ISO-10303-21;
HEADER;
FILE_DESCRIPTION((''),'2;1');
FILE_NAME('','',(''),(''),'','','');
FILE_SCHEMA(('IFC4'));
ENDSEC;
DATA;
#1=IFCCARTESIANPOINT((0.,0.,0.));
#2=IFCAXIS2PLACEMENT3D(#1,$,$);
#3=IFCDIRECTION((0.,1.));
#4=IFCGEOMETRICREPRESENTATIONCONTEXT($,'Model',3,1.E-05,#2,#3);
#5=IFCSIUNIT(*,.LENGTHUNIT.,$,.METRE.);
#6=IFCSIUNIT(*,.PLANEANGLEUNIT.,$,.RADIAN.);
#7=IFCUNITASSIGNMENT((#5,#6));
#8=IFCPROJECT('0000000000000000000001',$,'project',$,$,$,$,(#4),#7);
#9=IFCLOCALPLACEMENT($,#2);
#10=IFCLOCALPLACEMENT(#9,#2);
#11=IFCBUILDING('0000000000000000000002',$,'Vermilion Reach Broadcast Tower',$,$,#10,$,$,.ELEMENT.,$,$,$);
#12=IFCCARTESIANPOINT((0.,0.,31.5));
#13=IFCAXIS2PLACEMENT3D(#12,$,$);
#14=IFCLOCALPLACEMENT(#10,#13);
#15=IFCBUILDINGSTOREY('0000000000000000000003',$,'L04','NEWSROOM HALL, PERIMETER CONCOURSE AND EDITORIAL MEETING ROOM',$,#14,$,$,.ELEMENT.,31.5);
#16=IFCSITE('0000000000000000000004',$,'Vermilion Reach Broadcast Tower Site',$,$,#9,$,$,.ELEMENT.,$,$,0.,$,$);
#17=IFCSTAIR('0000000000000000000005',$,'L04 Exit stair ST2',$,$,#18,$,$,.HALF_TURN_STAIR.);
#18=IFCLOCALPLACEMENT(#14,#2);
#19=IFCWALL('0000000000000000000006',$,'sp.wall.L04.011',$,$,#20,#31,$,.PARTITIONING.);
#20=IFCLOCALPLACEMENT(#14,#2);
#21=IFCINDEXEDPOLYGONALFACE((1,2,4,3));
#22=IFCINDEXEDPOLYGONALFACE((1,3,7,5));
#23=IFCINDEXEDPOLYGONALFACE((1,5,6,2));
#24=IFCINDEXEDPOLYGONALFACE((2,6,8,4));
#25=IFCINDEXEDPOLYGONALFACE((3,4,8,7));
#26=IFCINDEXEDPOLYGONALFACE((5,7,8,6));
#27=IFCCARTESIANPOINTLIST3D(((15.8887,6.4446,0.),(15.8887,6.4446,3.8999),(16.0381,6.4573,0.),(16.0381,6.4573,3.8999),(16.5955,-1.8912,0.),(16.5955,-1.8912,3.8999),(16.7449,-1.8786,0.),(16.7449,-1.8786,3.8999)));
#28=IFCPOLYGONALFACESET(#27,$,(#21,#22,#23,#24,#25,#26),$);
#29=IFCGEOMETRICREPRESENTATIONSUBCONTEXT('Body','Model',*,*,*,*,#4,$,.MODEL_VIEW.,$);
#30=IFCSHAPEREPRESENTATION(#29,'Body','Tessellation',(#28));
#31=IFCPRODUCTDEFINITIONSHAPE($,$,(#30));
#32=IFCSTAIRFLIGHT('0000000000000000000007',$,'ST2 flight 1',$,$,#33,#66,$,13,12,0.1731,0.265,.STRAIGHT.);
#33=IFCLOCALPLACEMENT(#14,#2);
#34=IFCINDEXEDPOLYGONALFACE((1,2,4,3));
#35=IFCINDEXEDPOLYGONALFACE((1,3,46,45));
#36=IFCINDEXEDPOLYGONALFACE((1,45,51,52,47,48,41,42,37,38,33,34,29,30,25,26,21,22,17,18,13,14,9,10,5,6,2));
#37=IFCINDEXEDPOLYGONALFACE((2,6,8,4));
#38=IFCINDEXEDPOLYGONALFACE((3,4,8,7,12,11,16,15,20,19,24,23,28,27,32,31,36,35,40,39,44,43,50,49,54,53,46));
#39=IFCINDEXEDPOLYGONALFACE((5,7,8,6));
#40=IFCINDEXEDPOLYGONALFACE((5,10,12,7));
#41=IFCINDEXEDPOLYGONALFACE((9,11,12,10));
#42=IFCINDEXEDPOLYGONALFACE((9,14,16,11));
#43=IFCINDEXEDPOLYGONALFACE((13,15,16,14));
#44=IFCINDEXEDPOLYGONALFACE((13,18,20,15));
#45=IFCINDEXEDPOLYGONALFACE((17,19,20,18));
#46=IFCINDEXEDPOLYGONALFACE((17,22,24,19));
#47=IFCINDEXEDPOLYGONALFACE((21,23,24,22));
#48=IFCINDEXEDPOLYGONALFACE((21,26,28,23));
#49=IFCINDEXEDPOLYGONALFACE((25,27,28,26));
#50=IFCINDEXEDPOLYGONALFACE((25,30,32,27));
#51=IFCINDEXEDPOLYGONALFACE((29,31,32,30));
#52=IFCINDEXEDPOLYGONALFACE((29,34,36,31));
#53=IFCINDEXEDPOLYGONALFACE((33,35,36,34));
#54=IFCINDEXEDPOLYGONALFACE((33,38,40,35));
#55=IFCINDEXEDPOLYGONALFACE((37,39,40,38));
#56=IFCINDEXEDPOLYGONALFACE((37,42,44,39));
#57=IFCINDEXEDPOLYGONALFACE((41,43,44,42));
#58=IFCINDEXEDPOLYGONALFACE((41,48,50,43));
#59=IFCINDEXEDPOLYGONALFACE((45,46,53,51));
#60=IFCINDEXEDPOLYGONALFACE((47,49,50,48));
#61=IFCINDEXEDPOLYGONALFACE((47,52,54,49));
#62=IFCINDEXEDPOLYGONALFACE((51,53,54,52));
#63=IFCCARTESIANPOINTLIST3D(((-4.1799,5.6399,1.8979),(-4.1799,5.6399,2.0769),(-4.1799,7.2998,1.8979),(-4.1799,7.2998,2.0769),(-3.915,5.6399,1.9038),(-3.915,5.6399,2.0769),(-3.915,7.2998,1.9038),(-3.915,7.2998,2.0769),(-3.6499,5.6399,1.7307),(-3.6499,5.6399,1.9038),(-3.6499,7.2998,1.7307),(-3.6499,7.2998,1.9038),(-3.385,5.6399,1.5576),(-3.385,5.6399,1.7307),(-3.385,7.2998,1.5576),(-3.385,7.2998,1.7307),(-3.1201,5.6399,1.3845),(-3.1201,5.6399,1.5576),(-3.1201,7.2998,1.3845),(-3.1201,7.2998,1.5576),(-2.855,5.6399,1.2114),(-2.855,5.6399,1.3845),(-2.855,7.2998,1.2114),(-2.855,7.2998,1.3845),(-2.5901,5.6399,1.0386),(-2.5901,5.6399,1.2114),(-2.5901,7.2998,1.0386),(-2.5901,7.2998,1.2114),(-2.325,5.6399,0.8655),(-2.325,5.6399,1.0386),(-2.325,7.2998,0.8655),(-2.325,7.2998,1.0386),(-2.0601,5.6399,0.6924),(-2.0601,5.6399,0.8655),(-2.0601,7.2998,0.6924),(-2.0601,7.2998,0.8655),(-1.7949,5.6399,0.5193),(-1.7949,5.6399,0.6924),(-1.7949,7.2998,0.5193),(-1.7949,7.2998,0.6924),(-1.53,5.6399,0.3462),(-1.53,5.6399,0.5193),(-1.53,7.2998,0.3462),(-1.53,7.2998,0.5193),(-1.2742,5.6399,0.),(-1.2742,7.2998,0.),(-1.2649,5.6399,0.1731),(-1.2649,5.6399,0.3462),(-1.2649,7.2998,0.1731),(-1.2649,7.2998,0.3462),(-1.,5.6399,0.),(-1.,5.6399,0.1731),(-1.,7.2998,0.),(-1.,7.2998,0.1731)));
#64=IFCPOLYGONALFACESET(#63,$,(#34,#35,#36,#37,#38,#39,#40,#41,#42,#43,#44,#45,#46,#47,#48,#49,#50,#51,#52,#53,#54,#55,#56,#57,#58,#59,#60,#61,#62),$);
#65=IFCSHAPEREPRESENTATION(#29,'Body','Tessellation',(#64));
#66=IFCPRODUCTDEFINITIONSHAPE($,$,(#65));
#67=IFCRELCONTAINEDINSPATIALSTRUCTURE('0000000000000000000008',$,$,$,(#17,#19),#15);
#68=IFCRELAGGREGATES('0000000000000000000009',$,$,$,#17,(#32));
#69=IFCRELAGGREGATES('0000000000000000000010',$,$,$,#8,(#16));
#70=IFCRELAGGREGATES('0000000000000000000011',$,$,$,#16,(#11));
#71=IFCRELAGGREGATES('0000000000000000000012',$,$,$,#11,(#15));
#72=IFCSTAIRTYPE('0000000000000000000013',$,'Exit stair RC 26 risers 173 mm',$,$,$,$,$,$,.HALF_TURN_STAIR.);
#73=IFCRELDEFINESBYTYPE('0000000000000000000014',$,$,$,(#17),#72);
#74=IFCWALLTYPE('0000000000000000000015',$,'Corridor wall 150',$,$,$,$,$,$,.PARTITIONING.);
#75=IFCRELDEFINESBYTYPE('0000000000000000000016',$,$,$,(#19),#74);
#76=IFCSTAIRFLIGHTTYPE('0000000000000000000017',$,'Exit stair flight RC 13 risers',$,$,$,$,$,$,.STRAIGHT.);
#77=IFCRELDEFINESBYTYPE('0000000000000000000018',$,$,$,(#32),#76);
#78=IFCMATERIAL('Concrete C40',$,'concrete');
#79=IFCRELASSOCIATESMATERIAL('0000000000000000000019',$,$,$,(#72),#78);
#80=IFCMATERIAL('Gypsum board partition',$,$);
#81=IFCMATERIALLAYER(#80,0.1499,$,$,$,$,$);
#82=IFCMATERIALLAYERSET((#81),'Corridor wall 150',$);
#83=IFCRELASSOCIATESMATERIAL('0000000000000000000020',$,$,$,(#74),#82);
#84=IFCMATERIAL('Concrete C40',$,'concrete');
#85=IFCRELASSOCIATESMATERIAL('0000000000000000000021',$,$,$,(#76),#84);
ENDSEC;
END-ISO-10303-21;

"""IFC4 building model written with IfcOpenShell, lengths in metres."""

from ifc_helpers import new_model, si_unit, direction, frame, frame_2d, origin, place, context, subcontext, project, spatial, polyline, rectangle, outline, extrude, material, layer, layer_set, type_object, element, aggregate, save


model = new_model("IFC4")

# Units and contexts
model_context = context("Model", 3, precision=1e-05, world=origin(), true_north=direction((0.0, 1.0)))
body_context = subcontext(model_context, "Body", "Model", "MODEL_VIEW")
ifc_project = project(units=[si_unit("LENGTHUNIT", "METRE"), si_unit("PLANEANGLEUNIT", "RADIAN")], contexts=[model_context])

# Site, building, storey
site_placement = place(None, origin())
site = spatial("IfcSite", under=ifc_project, at=site_placement, Name="Vermilion Reach Broadcast Tower Site", CompositionType="ELEMENT", RefElevation=0.0)
building_placement = place(site_placement, origin())
building = spatial("IfcBuilding", under=site, at=building_placement, Name="Vermilion Reach Broadcast Tower", CompositionType="ELEMENT")
storey_placement = place(building_placement, frame((0.0, 0.0, 31.5)))
storey = spatial("IfcBuildingStorey", under=building, at=storey_placement, Name="L04", Description="NEWSROOM HALL, PERIMETER CONCOURSE AND EDITORIAL MEETING ROOM", CompositionType="ELEMENT", Elevation=31.5)

# Stair
ifc_material_1 = material(Name="Concrete C40", Category="concrete")
stair_type = type_object("IfcStairType", Name="Exit stair RC 26 risers 173 mm", PredefinedType="HALF_TURN_STAIR", material=ifc_material_1)
placement_1 = place(storey_placement, origin())
stair_1 = element("IfcStair", 1, at=placement_1, inside=storey, type_object=stair_type, Name="L04 Exit stair ST2", PredefinedType="HALF_TURN_STAIR")

# Wall
ifc_material_2 = material(Name="Gypsum board partition")
ifc_layer_1 = layer(ifc_material_2, 0.1499)
ifc_layer_set_1 = layer_set([ifc_layer_1], Name="Corridor wall 150")
wall_type_1 = type_object("IfcWallType", Name="Corridor wall 150", PredefinedType="PARTITIONING", material=ifc_layer_set_1)
wall_1_placement = place(storey_placement, frame((15.9634, 6.4509, 0.0), z_axis=(0.0, 0.0, 1.0), x_axis=(0.084487, -0.996425, 0.0)))
element("IfcWall", 2, at=wall_1_placement, inside=storey, type_object=wall_type_1, Name="sp.wall.L04.011", PredefinedType="PARTITIONING", context=body_context, shape_type="SweptSolid", body=[
    extrude(rectangle(XDim=8.3657, YDim=0.1499, at=frame_2d((4.1829, 0.0))), origin(), (0.0, 0.0, 1.0), 3.8999),
])

# Stair flight
ifc_material_3 = material(Name="Concrete C40", Category="concrete")
stair_flight_type = type_object("IfcStairFlightType", Name="Exit stair flight RC 13 risers", PredefinedType="STRAIGHT", material=ifc_material_3)
stair_flight_placement = place(storey_placement, frame((-1.0, 6.47, 0.0), z_axis=(0.0, 0.0, 1.0), x_axis=(-1.0, 0.0, 0.0)))
stair_flight = element("IfcStairFlight", 3, at=stair_flight_placement, type_object=stair_flight_type, Name="ST2 flight 1", NumberOfRisers=13, NumberOfTreads=12, PredefinedType="STRAIGHT", RiserHeight=0.1731, TreadLength=0.265, context=body_context, shape_type="SweptSolid", body=[
    extrude(outline(polyline([(0.0, 0.0), (0.0, 0.1731), (0.2649, 0.1731), (0.2649, 0.3462), (0.53, 0.3462), (0.53, 0.5193), (0.7949, 0.5193), (0.7949, 0.6924), (1.0601, 0.6924), (1.0601, 0.8655), (1.325, 0.8655), (1.325, 1.0386), (1.5901, 1.0386), (1.5901, 1.2114), (1.855, 1.2114), (1.855, 1.3845), (2.1201, 1.3845), (2.1201, 1.5576), (2.385, 1.5576), (2.385, 1.7307), (2.6499, 1.7307), (2.6499, 1.9038), (2.915, 1.9038), (2.915, 2.0769), (3.1799, 2.0769), (3.1799, 2.25), (3.1799, 1.8979), (0.2742, 0.0), (0.0, 0.0)])), frame((0.0, 0.8301, 0.0), z_axis=(0.0, -1.0, 0.0), x_axis=(1.0, 0.0, 0.0)), (0.0, 0.0, 1.0), 1.6599),
])
aggregate(stair_1, [stair_flight])

save(model, "model.ifc")
